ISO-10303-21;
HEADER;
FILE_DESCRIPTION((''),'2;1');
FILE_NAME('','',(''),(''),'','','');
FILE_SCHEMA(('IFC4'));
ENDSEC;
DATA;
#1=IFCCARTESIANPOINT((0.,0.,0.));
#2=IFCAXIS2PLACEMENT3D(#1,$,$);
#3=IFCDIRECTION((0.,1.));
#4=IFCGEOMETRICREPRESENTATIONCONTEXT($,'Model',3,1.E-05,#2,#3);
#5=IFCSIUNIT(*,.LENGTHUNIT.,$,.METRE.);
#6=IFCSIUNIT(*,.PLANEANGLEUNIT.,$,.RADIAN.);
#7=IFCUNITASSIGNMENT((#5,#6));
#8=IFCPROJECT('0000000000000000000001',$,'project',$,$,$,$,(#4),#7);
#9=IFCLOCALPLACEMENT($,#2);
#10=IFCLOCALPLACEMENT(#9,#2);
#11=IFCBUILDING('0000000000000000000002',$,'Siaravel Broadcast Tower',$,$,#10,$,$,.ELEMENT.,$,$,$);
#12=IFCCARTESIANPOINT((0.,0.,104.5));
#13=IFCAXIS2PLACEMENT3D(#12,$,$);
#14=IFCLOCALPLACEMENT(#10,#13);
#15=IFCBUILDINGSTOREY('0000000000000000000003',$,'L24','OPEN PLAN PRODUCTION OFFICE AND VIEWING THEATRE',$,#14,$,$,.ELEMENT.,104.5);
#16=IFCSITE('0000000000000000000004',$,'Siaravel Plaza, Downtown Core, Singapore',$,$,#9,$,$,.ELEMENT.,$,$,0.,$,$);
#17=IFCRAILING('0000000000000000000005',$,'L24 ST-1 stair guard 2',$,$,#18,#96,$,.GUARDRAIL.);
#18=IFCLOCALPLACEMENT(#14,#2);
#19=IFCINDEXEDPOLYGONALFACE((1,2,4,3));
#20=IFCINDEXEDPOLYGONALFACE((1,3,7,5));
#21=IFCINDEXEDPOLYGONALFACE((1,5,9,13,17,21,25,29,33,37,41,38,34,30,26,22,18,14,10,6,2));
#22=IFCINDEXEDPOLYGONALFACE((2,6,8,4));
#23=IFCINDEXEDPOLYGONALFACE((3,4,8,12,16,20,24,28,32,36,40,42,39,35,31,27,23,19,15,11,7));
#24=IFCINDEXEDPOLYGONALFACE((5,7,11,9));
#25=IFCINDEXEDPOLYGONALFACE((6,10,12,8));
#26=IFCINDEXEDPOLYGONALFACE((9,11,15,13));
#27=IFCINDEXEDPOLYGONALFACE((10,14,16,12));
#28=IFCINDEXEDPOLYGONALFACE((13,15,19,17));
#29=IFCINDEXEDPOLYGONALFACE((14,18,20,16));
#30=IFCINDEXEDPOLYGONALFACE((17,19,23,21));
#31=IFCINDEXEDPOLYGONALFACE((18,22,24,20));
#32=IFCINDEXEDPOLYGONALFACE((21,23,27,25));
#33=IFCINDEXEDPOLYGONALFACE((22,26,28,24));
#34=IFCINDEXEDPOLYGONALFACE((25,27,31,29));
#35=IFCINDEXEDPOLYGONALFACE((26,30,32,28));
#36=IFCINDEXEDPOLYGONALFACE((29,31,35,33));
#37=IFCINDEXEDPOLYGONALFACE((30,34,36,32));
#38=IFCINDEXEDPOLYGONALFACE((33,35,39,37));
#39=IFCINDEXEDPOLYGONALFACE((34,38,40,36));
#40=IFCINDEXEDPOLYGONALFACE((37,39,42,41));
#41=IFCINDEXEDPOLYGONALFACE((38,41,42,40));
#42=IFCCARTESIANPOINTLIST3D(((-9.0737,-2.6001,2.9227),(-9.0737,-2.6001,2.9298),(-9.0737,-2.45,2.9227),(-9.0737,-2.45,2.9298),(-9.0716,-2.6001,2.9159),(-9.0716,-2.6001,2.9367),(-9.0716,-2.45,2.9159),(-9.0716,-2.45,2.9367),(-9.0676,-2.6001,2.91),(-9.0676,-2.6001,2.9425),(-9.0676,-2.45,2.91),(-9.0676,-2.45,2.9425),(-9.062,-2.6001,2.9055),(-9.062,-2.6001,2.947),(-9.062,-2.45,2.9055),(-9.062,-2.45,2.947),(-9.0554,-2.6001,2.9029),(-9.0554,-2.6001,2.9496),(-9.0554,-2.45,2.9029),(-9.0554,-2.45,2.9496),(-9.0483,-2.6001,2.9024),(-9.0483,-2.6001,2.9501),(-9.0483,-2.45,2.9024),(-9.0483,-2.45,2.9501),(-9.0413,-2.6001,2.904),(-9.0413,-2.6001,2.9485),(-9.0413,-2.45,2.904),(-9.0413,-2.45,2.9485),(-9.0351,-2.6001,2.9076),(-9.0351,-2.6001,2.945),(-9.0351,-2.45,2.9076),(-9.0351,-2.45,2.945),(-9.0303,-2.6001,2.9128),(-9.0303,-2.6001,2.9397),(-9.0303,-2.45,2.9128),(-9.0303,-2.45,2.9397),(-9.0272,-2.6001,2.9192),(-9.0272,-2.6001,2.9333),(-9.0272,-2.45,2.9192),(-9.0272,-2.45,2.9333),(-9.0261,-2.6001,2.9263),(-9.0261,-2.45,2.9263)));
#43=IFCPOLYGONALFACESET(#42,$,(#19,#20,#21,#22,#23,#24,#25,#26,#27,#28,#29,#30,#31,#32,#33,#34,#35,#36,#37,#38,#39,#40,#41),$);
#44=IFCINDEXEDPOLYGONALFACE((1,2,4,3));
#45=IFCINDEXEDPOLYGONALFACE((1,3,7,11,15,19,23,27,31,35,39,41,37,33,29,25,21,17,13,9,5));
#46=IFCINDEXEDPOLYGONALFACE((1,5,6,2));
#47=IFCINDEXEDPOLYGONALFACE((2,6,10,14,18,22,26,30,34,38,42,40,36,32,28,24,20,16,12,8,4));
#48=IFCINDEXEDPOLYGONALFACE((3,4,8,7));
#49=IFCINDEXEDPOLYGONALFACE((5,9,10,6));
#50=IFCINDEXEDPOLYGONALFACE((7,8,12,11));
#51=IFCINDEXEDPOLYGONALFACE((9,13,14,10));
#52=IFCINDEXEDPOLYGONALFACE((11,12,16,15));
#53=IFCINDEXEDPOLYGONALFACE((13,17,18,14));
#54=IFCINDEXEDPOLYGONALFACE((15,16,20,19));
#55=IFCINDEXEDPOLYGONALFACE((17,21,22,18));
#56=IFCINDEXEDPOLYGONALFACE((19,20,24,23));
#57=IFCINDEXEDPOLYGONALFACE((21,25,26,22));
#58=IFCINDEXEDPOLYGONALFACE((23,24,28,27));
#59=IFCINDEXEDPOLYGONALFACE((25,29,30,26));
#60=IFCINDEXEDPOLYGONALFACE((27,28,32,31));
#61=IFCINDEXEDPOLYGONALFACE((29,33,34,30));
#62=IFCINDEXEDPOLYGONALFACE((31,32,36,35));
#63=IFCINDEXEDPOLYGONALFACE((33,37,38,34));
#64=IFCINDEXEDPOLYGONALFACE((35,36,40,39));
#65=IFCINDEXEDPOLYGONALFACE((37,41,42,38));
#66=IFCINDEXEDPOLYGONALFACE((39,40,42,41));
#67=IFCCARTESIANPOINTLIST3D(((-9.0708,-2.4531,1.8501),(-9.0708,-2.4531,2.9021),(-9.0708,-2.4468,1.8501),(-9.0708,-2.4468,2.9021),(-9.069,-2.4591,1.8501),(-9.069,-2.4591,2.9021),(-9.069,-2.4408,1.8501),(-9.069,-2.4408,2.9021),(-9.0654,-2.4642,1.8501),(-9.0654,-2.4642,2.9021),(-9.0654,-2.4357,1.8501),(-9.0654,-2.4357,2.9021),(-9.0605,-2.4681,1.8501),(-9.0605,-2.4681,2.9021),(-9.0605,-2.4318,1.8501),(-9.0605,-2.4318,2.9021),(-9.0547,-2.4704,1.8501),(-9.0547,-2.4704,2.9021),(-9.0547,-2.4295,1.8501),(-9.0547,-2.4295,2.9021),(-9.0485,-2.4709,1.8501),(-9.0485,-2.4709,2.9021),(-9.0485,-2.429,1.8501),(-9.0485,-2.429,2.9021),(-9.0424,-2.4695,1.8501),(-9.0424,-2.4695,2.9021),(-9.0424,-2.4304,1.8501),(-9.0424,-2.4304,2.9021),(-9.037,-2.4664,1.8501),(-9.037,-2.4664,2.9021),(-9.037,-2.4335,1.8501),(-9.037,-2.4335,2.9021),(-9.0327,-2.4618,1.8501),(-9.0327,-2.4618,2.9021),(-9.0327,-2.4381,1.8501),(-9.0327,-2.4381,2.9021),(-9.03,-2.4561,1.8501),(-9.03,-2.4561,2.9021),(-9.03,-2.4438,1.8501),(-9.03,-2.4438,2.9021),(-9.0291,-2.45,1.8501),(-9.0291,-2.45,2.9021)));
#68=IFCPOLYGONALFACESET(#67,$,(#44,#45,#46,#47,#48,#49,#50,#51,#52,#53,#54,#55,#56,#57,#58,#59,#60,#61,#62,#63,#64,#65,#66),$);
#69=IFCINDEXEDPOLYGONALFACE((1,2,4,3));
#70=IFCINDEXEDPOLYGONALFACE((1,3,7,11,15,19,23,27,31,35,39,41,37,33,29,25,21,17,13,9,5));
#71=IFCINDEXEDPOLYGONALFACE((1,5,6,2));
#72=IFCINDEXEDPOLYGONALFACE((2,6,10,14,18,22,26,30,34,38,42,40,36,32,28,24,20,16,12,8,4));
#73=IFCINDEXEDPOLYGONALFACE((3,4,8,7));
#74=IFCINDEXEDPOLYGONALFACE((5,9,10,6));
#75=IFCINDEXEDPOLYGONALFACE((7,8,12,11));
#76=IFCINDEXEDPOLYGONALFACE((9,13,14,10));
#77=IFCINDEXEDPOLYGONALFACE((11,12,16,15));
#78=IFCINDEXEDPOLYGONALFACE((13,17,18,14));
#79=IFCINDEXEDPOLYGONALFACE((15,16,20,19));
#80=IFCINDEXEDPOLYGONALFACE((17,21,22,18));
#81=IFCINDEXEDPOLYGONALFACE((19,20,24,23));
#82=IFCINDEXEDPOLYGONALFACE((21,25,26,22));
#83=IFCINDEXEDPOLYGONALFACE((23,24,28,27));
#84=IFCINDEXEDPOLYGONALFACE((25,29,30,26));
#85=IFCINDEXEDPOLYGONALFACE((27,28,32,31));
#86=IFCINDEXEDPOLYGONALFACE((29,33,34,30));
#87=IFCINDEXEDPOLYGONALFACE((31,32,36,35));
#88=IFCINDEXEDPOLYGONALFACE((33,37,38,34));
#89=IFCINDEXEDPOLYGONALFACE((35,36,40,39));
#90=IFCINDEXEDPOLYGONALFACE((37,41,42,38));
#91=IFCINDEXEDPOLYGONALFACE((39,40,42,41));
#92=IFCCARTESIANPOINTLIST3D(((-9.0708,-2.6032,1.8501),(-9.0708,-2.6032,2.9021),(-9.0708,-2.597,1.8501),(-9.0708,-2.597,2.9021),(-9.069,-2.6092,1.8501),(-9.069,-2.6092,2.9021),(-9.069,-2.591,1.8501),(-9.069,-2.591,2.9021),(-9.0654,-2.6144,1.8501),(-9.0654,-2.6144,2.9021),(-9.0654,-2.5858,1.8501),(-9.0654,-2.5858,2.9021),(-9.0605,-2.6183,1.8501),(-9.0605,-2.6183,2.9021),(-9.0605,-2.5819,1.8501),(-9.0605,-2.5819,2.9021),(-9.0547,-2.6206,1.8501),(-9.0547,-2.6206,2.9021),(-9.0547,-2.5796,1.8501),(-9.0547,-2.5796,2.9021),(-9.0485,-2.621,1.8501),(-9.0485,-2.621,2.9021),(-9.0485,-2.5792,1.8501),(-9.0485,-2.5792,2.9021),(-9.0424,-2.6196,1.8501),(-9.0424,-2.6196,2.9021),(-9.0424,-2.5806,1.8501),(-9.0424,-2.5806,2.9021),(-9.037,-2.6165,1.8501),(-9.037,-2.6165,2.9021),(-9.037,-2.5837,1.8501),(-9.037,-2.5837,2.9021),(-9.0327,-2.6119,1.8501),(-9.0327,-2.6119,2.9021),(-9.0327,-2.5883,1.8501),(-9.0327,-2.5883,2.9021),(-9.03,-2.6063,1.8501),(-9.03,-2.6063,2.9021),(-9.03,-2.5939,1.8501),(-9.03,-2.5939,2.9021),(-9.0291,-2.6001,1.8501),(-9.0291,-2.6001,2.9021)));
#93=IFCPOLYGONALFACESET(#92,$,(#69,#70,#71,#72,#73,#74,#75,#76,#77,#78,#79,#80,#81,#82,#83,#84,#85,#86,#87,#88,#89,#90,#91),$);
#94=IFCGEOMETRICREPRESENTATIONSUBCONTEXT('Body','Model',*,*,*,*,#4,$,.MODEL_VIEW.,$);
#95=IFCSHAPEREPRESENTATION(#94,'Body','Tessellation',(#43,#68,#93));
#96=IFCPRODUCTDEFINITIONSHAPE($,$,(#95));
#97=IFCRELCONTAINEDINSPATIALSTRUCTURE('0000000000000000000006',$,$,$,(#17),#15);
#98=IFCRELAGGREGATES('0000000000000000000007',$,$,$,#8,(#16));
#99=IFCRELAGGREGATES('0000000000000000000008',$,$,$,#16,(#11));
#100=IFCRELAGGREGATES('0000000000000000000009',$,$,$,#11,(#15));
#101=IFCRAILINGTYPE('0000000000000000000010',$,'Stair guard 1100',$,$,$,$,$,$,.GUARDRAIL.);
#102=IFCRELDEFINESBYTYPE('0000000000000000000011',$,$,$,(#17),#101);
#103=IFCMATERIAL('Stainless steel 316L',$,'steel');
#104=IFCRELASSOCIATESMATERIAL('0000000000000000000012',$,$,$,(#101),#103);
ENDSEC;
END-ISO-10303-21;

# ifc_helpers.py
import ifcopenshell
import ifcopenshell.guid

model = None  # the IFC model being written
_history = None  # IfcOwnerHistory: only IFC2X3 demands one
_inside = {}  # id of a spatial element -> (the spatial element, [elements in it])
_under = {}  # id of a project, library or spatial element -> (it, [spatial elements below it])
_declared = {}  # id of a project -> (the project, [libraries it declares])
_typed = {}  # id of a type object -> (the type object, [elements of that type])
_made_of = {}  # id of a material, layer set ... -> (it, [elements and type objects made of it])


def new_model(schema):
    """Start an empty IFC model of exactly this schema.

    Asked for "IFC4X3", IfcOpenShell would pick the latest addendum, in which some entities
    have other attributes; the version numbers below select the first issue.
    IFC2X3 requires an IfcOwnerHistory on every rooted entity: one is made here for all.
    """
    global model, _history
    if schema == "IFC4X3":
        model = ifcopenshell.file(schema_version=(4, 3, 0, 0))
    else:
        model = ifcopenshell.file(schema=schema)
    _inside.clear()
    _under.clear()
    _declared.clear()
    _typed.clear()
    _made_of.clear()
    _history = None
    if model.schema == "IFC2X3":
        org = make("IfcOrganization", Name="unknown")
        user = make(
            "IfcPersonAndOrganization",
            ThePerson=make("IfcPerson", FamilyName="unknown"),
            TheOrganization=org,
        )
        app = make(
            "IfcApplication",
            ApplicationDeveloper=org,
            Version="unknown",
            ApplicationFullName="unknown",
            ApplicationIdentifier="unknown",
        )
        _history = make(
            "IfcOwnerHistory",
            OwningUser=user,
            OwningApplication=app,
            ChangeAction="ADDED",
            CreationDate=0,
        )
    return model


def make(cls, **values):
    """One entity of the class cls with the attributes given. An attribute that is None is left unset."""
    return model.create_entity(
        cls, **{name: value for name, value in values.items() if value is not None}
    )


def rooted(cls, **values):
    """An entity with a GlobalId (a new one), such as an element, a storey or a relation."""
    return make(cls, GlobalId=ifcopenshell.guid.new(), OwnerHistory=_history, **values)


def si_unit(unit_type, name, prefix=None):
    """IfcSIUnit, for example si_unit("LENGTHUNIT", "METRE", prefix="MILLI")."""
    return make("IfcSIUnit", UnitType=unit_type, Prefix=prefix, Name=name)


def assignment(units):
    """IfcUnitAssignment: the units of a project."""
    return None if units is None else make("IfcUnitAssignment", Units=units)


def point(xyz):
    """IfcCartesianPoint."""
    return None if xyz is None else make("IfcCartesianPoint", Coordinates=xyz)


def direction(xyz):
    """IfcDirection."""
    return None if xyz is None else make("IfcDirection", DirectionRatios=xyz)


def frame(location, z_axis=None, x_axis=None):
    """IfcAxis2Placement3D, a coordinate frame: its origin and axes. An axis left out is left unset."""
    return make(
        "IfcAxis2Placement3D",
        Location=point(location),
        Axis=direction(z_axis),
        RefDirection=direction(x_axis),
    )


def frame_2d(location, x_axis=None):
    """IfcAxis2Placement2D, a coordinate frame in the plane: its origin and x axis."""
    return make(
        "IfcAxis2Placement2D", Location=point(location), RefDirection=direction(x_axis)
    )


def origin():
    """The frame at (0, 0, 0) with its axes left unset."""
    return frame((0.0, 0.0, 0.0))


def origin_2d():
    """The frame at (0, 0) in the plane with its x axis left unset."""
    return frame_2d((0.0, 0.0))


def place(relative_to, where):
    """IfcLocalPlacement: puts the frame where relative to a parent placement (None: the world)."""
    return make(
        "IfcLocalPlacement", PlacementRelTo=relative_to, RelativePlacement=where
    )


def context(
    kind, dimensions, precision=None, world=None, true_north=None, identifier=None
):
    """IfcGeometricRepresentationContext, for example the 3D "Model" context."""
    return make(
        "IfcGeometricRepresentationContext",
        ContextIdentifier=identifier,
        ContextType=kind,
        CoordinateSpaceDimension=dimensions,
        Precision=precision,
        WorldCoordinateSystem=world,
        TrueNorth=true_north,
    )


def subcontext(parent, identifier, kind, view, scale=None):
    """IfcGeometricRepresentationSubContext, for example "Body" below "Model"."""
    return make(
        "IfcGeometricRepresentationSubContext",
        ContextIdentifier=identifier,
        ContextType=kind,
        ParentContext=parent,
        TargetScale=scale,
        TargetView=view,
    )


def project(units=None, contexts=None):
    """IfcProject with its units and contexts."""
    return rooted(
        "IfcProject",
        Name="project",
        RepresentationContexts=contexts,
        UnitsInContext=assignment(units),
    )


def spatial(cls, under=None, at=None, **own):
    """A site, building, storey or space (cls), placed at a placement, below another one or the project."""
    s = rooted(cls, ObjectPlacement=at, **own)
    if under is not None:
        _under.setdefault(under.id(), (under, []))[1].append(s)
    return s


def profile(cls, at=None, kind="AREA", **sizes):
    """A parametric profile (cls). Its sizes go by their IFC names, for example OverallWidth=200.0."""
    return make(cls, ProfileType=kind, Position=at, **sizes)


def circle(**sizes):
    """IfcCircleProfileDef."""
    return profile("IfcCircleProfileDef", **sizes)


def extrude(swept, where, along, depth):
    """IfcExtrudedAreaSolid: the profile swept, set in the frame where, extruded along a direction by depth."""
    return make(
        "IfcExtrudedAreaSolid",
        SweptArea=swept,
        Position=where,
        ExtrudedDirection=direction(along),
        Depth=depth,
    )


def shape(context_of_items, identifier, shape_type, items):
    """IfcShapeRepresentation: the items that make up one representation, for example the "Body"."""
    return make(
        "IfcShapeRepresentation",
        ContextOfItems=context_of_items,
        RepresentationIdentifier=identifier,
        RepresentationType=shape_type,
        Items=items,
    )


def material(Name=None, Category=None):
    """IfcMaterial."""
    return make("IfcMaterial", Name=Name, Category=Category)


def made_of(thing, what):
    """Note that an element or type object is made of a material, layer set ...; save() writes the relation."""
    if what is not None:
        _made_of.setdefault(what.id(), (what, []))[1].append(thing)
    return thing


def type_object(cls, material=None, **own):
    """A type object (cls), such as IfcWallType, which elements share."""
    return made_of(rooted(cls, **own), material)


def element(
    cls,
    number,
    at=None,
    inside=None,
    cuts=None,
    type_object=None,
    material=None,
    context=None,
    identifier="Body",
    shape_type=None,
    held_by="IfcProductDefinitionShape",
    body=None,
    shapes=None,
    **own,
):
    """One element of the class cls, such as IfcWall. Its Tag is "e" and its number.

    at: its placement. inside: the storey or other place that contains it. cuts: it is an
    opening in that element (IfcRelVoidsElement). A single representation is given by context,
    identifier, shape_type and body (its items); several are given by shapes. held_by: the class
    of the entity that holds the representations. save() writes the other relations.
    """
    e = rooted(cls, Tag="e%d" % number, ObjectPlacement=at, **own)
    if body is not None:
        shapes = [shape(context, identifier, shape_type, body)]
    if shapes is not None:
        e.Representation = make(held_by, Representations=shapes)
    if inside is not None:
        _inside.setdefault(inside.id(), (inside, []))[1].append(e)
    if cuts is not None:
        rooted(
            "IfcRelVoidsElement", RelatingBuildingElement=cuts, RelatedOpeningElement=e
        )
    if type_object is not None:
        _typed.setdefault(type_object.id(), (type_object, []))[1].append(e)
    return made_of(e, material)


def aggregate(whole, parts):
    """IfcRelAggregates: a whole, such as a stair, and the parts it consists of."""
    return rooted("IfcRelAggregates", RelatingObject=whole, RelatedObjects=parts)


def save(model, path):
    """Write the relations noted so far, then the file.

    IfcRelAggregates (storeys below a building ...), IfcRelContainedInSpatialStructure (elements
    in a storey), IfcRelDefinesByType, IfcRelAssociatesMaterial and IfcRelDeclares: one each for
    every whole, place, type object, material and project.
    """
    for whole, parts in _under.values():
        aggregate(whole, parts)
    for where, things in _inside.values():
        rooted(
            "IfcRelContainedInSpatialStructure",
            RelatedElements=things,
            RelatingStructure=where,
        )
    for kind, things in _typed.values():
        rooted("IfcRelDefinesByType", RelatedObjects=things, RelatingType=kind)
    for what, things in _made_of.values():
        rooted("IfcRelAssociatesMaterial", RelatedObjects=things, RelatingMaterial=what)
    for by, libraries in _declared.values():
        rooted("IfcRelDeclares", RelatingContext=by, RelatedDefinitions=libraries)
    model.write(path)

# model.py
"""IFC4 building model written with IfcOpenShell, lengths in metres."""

from ifc_helpers import new_model, si_unit, direction, frame, origin, origin_2d, place, context, subcontext, project, spatial, circle, extrude, material, type_object, element, save


model = new_model("IFC4")

# Units and contexts
model_context = context("Model", 3, precision=1e-05, world=origin(), true_north=direction((0.0, 1.0)))
body_context = subcontext(model_context, "Body", "Model", "MODEL_VIEW")
ifc_project = project(units=[si_unit("LENGTHUNIT", "METRE"), si_unit("PLANEANGLEUNIT", "RADIAN")], contexts=[model_context])

# Site, building, storey
site_placement = place(None, origin())
site = spatial("IfcSite", under=ifc_project, at=site_placement, Name="Siaravel Plaza, Downtown Core, Singapore", CompositionType="ELEMENT", RefElevation=0.0)
building_placement = place(site_placement, origin())
building = spatial("IfcBuilding", under=site, at=building_placement, Name="Siaravel Broadcast Tower", CompositionType="ELEMENT")
storey_placement = place(building_placement, frame((0.0, 0.0, 104.5)))
storey = spatial("IfcBuildingStorey", under=building, at=storey_placement, Name="L24", Description="OPEN PLAN PRODUCTION OFFICE AND VIEWING THEATRE", CompositionType="ELEMENT", Elevation=104.5)

# Railing
ifc_material_1 = material(Name="Stainless steel 316L", Category="steel")
railing_type_1 = type_object("IfcRailingType", Name="Stair guard 1100", PredefinedType="GUARDRAIL", material=ifc_material_1)
railing_1_placement = place(storey_placement, frame((-9.05, -2.45, 1.8501)))
element("IfcRailing", 1, at=railing_1_placement, inside=storey, type_object=railing_type_1, Name="L24 ST-1 stair guard 2", PredefinedType="GUARDRAIL", context=body_context, shape_type="SweptSolid", body=[
    extrude(circle(Radius=0.0239, at=origin_2d()), frame((0.0, 0.0, 1.0762), z_axis=(0.0, -1.0, 0.0), x_axis=(1.0, 0.0, 0.0)), (0.0, 0.0, 1.0), 0.1501),
    extrude(circle(Radius=0.021, at=origin_2d()), origin(), (0.0, 0.0, 1.0), 1.052),
    extrude(circle(Radius=0.021, at=origin_2d()), frame((0.0, -0.1501, 0.0)), (0.0, 0.0, 1.0), 1.052),
])

save(model, "model.ifc")
